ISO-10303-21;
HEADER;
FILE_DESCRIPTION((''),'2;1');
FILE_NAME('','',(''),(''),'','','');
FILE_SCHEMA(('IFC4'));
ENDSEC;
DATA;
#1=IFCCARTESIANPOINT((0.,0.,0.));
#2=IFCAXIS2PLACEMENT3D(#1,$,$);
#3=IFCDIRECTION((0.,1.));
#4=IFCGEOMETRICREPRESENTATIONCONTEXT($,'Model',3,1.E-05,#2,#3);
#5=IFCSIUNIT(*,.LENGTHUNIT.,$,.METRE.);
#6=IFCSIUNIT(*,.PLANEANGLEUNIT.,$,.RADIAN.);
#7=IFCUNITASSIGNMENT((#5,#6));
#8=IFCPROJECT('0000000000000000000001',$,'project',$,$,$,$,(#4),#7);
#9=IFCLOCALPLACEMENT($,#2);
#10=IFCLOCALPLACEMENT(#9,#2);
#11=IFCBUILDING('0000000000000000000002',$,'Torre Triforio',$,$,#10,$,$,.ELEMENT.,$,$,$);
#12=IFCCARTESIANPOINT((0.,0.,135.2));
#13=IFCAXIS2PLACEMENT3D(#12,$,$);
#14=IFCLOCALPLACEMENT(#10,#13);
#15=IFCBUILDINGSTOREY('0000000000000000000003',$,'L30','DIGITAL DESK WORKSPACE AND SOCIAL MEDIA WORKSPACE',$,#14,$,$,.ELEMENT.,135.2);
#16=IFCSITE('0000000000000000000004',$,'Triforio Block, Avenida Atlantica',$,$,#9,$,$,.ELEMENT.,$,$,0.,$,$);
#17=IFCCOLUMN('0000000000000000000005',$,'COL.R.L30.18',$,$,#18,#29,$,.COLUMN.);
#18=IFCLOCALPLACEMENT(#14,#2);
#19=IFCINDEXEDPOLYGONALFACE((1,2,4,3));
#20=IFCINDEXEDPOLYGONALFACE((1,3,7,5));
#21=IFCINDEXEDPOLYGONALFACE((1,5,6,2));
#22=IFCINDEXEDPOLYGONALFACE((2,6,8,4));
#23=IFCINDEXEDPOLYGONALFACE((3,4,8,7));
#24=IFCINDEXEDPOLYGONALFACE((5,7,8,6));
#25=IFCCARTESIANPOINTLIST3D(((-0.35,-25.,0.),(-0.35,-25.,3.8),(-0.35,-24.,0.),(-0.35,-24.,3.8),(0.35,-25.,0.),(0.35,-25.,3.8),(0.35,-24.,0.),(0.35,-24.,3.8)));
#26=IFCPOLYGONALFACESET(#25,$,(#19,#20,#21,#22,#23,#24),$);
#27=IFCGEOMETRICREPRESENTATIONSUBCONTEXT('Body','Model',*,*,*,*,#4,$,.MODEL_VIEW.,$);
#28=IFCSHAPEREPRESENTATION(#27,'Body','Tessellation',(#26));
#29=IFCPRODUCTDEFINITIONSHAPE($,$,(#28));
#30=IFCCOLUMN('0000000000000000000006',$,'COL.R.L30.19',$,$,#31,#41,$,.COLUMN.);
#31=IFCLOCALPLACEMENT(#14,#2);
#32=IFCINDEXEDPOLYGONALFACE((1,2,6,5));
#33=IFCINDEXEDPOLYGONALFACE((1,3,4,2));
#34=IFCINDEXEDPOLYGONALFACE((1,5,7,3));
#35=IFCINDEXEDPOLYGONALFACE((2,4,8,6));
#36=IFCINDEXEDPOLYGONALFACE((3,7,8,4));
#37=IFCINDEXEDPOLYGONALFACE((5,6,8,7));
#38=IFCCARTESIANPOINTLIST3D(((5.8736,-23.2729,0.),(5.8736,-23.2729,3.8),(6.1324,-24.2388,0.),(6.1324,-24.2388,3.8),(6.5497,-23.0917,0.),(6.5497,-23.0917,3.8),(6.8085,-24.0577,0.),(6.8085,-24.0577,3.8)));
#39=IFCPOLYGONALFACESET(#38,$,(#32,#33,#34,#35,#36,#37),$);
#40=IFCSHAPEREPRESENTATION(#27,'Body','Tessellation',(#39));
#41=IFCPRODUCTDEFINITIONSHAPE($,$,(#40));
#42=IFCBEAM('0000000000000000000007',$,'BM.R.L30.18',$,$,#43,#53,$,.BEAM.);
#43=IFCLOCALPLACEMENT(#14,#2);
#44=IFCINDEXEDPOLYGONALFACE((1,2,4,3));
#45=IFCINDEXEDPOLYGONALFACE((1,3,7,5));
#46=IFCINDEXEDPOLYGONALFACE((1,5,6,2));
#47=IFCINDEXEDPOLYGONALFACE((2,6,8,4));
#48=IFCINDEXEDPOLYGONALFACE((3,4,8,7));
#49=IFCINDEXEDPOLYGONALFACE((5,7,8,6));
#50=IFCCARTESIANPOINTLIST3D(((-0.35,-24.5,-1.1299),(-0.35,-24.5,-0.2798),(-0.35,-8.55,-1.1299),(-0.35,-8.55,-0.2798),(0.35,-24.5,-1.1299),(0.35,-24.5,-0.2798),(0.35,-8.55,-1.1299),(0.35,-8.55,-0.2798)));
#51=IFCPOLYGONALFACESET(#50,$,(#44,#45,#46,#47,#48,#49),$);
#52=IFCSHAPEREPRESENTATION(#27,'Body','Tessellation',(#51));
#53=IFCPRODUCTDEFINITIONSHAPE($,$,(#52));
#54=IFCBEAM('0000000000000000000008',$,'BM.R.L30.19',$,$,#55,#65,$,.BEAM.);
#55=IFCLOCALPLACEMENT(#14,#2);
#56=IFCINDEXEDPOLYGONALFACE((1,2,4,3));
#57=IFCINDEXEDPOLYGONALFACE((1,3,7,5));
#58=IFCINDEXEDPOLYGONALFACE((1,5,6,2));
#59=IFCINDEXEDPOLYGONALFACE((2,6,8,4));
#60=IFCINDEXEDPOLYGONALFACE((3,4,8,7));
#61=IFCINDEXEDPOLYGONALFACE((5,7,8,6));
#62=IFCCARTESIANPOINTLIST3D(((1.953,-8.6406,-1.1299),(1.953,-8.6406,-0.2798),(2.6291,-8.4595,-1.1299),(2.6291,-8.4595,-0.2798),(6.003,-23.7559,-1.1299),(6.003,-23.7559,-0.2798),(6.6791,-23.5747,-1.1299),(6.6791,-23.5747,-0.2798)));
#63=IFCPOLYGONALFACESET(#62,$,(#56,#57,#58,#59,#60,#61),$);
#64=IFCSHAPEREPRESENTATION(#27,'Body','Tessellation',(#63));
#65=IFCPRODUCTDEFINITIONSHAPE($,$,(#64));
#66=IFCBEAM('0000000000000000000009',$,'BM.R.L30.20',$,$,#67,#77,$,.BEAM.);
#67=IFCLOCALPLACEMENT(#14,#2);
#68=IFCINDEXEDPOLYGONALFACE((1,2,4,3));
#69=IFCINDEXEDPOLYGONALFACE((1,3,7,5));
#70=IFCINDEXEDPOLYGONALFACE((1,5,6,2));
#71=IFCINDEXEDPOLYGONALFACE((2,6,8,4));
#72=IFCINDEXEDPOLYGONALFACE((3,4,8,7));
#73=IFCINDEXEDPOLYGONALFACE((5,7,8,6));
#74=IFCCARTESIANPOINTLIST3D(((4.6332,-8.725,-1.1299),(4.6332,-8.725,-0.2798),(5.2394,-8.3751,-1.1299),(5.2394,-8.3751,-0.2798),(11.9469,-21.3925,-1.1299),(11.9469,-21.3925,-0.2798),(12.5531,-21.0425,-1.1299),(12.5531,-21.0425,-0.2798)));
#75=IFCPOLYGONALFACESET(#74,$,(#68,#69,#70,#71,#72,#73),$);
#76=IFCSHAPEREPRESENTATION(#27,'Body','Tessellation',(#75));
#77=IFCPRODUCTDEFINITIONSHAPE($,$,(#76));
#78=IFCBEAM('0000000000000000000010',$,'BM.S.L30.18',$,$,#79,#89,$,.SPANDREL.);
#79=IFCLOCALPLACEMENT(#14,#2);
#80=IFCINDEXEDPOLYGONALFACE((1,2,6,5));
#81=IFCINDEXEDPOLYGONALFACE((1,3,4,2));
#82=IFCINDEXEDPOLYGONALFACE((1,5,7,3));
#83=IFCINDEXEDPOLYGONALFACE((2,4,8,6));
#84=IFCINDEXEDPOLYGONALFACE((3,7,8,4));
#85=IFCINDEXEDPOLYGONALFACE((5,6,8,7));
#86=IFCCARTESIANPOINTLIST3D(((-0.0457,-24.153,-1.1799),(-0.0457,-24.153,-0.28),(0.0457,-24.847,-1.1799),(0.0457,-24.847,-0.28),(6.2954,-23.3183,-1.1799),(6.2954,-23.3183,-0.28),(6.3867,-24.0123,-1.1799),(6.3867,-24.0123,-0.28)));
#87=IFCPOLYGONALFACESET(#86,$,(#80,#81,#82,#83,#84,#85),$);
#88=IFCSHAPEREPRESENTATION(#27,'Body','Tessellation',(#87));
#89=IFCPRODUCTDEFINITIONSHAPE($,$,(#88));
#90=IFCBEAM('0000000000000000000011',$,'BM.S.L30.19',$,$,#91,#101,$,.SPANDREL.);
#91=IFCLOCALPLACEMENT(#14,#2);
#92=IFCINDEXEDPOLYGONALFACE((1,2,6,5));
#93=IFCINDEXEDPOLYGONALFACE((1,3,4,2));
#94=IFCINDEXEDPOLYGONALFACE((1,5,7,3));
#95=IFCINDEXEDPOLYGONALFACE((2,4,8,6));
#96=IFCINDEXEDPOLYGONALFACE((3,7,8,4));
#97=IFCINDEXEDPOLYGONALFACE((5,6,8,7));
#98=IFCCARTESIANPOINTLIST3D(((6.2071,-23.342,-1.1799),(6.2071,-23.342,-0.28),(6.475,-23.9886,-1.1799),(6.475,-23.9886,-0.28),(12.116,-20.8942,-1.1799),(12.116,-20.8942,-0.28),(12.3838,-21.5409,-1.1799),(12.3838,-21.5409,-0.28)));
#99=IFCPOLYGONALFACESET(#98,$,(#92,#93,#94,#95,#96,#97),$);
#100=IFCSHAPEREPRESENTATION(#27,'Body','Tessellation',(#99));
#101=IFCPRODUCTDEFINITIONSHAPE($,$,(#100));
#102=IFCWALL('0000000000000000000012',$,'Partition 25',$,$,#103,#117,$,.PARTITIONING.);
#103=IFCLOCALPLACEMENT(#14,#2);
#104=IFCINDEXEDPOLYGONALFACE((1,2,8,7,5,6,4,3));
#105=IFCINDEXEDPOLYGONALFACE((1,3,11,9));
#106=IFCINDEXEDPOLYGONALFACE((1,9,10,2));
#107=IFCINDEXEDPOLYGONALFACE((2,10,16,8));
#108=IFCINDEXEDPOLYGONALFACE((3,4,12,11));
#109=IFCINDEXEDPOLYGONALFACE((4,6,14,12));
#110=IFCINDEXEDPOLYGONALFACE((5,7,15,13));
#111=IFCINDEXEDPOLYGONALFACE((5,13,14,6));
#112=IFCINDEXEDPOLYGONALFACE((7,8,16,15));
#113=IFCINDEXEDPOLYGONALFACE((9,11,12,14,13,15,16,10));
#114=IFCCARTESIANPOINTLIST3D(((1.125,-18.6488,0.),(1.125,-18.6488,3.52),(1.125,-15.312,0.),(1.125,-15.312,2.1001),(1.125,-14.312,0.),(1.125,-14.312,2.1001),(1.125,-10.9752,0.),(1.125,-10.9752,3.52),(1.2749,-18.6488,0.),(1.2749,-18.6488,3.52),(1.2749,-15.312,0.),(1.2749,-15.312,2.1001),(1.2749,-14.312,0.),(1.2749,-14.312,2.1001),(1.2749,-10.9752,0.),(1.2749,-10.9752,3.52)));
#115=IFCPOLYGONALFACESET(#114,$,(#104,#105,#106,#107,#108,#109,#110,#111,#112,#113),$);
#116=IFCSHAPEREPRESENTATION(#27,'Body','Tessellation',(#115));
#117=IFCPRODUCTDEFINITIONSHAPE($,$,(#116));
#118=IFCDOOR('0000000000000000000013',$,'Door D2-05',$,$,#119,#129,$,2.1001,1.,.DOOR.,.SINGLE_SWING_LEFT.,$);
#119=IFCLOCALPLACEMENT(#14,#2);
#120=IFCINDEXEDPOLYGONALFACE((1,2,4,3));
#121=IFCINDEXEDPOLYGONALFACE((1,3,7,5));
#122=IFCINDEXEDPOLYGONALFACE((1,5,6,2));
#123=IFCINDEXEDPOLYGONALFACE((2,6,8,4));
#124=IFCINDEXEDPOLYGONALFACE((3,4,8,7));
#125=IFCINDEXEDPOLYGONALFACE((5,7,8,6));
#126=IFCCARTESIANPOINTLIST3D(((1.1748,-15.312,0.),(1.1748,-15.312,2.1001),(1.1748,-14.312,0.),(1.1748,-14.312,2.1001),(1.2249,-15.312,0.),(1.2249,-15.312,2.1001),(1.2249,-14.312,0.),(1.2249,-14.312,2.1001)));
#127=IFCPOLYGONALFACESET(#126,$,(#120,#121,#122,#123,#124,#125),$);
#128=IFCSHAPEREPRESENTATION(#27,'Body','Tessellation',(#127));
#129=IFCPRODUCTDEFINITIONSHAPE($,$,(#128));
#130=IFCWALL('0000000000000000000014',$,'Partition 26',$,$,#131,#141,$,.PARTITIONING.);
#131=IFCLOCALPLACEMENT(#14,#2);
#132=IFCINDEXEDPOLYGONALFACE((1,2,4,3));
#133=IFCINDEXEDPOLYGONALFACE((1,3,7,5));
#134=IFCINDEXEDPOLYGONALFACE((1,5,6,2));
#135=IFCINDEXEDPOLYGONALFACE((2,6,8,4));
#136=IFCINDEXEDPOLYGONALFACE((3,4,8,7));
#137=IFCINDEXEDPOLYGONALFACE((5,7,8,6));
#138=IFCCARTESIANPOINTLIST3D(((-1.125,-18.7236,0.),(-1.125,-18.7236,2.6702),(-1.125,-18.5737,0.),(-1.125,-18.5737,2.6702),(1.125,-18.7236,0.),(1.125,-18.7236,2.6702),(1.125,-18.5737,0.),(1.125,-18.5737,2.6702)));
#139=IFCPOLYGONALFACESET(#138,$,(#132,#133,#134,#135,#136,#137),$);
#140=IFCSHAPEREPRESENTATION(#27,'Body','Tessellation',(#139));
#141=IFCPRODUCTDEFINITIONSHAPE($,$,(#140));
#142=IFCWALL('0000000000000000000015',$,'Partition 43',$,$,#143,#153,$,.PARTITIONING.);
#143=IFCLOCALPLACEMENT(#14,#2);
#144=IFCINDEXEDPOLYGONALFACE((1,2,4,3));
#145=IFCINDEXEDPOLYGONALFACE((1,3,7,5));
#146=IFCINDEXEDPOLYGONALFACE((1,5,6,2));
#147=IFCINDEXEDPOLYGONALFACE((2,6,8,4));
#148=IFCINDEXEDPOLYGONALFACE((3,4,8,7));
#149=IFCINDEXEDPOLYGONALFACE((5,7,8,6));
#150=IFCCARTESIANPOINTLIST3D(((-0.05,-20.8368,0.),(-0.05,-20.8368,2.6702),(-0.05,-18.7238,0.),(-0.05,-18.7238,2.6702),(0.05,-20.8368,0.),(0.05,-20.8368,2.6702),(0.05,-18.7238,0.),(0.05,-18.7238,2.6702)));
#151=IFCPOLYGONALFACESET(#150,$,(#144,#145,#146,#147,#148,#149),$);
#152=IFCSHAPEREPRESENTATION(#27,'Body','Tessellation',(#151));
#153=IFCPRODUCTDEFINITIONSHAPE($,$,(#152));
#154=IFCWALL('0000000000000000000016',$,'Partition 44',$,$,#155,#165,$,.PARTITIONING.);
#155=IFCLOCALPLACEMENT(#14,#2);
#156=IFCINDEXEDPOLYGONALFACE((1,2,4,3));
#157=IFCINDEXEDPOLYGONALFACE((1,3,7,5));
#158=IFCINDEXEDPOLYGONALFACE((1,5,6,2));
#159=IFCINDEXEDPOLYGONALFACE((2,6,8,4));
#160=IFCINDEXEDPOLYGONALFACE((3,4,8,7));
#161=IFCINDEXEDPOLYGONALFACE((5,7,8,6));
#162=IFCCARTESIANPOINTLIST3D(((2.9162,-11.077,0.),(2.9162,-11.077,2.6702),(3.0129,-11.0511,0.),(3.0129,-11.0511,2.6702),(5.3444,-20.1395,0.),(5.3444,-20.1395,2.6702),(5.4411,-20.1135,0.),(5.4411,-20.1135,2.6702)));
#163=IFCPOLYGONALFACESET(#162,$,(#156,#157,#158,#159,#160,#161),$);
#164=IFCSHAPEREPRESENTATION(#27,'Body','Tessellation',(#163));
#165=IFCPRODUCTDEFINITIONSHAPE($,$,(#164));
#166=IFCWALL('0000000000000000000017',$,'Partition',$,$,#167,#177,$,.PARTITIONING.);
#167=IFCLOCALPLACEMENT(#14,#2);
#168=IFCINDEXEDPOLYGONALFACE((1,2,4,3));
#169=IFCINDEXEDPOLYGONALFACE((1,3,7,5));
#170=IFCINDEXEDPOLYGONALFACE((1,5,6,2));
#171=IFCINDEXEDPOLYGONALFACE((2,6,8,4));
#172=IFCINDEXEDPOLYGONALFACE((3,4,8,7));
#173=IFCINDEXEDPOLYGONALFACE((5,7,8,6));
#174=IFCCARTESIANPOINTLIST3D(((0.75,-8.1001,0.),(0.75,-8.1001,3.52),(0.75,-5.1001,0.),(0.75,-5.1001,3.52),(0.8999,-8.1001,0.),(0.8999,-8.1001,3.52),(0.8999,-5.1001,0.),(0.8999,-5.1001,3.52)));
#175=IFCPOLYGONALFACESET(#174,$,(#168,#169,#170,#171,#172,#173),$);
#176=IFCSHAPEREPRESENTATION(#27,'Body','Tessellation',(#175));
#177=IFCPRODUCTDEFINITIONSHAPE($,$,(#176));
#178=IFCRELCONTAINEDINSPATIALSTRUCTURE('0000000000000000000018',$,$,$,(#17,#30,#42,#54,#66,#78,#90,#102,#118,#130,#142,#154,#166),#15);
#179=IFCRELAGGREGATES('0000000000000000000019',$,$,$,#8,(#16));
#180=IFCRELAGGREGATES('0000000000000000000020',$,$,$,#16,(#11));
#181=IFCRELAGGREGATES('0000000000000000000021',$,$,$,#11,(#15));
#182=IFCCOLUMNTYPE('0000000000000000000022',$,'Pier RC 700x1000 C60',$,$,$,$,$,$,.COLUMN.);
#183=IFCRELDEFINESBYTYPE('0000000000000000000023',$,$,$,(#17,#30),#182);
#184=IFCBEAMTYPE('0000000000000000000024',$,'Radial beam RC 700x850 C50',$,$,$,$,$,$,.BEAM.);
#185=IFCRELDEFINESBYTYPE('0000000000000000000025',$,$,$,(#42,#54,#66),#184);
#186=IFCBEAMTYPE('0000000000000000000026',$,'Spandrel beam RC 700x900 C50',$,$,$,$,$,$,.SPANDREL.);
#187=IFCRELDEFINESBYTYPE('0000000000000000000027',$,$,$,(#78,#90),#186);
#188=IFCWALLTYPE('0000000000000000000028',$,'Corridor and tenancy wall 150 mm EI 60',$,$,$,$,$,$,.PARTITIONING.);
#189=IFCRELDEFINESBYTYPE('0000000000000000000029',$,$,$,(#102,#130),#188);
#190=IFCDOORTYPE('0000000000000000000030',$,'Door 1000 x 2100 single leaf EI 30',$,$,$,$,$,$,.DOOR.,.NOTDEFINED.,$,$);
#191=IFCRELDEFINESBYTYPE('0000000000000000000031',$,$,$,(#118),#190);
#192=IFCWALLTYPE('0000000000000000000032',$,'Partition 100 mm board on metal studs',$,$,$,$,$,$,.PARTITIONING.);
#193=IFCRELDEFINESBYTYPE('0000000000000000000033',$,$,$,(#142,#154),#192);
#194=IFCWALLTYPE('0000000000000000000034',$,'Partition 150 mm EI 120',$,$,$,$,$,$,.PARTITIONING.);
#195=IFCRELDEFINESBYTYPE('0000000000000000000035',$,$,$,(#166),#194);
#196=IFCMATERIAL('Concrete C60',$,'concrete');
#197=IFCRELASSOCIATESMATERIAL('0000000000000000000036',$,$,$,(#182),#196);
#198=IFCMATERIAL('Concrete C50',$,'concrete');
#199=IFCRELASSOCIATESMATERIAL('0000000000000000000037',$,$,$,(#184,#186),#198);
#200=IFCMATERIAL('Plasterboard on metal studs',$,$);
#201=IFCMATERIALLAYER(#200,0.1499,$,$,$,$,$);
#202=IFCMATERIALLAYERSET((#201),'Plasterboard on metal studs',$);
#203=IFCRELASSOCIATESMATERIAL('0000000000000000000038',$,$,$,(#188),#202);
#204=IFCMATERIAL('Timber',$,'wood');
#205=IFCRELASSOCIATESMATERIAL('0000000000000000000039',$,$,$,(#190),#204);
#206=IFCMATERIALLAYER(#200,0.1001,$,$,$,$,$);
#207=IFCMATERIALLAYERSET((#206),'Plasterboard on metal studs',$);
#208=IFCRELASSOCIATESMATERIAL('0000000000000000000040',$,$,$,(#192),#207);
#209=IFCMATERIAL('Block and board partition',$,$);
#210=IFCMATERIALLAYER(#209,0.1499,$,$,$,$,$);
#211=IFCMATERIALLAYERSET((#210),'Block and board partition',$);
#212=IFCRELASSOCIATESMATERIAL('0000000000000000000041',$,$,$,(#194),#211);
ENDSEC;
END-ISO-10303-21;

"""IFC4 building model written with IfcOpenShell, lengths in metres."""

from ifc_helpers import new_model, si_unit, direction, frame, frame_2d, origin, origin_2d, place, context, subcontext, project, spatial, rectangle, extrude, material, layer, layer_set, material_profile, profile_set, type_object, element, fill, save


model = new_model("IFC4")

# Units and contexts
model_context = context("Model", 3, precision=1e-05, world=origin(), true_north=direction((0.0, 1.0)))
body_context = subcontext(model_context, "Body", "Model", "MODEL_VIEW")
ifc_project = project(units=[si_unit("LENGTHUNIT", "METRE"), si_unit("PLANEANGLEUNIT", "RADIAN")], contexts=[model_context])

# Site, building, storey
site_placement = place(None, origin())
site = spatial("IfcSite", under=ifc_project, at=site_placement, Name="Triforio Block, Avenida Atlantica", CompositionType="ELEMENT", RefElevation=0.0)
building_placement = place(site_placement, origin())
building = spatial("IfcBuilding", under=site, at=building_placement, Name="Torre Triforio", CompositionType="ELEMENT")
storey_placement = place(building_placement, frame((0.0, 0.0, 135.2)))
storey = spatial("IfcBuildingStorey", under=building, at=storey_placement, Name="L30", Description="DIGITAL DESK WORKSPACE AND SOCIAL MEDIA WORKSPACE", CompositionType="ELEMENT", Elevation=135.2)

# Columns
ifc_material_1 = material(Name="Concrete C60", Category="concrete")
ifc_material_profile_1 = material_profile(ifc_material_1, rectangle(XDim=0.7, YDim=1.0, at=origin_2d()), Name="RC 700x1000")
ifc_profile_set_1 = profile_set([ifc_material_profile_1], Name="Concrete C60")
column_type = type_object("IfcColumnType", Name="Pier RC 700x1000 C60", PredefinedType="COLUMN", material=ifc_profile_set_1)
for number, where, z_axis, x_axis, name in (
    (1, (0.0, -24.5, 0.0), (0.0, 0.0, 1.0), (1.0, 0.0, 0.0), "COL.R.L30.18"),
    (2, (6.3411, -23.6653, 0.0), (0.0, 0.0, 1.0), (0.965926, 0.258819, 0.0), "COL.R.L30.19"),
):
    element("IfcColumn", number, at=place(storey_placement, frame(where, z_axis=z_axis, x_axis=x_axis)), inside=storey, type_object=column_type, Name=name, PredefinedType="COLUMN", context=body_context, shape_type="SweptSolid", body=[
        extrude(rectangle(XDim=0.7, YDim=1.0, at=origin_2d()), origin(), (0.0, 0.0, 1.0), 3.8),
    ])

# Beams
ifc_material_2 = material(Name="Concrete C50", Category="concrete")
ifc_material_profile_2 = material_profile(ifc_material_2, rectangle(XDim=0.7, YDim=0.8501, at=origin_2d()), Name="RC 700x850")
ifc_profile_set_2 = profile_set([ifc_material_profile_2], Name="Concrete C50")
beam_type_1 = type_object("IfcBeamType", Name="Radial beam RC 700x850 C50", PredefinedType="BEAM", material=ifc_profile_set_2)
beam_1_placement = place(storey_placement, frame((0.0, -8.55, -0.7048), z_axis=(0.0, -1.0, 0.0), x_axis=(1.0, 0.0, 0.0)))
element("IfcBeam", 3, at=beam_1_placement, inside=storey, type_object=beam_type_1, Name="BM.R.L30.18", PredefinedType="BEAM", context=body_context, shape_type="SweptSolid", body=[
    extrude(rectangle(XDim=0.7, YDim=0.8501, at=origin_2d()), origin(), (0.0, 0.0, 1.0), 15.95),
])
beam_2_placement = place(storey_placement, frame((2.291, -8.55, -0.7048), z_axis=(0.258815, -0.965927, 0.0), x_axis=(0.965927, 0.258815, 0.0)))
element("IfcBeam", 4, at=beam_2_placement, inside=storey, type_object=beam_type_1, Name="BM.R.L30.19", PredefinedType="BEAM", context=body_context, shape_type="SweptSolid", body=[
    extrude(rectangle(XDim=0.7, YDim=0.8501, at=origin_2d()), origin(), (0.0, 0.0, 1.0), 15.6484),
])
beam_3_placement = place(storey_placement, frame((4.9363, -8.55, -0.7048), z_axis=(0.500008, -0.866021, 0.0), x_axis=(0.866021, 0.500008, 0.0)))
element("IfcBeam", 5, at=beam_3_placement, inside=storey, type_object=beam_type_1, Name="BM.R.L30.20", PredefinedType="BEAM", context=body_context, shape_type="SweptSolid", body=[
    extrude(rectangle(XDim=0.7, YDim=0.8501, at=origin_2d()), origin(), (0.0, 0.0, 1.0), 14.6272),
])
ifc_material_profile_3 = material_profile(ifc_material_2, rectangle(XDim=0.7, YDim=0.8999, at=origin_2d()), Name="RC 700x900")
ifc_profile_set_3 = profile_set([ifc_material_profile_3], Name="Concrete C50")
beam_type_2 = type_object("IfcBeamType", Name="Spandrel beam RC 700x900 C50", PredefinedType="SPANDREL", material=ifc_profile_set_3)
for number, where, z_axis, x_axis, name in (
    (6, (0.0, -24.5, -0.73), (0.991447, 0.130511, 0.0), (-0.130511, 0.991447, 0.0), "BM.S.L30.18"),
    (7, (6.3411, -23.6653, -0.73), (0.923869, 0.382709, 0.0), (-0.382709, 0.923869, 0.0), "BM.S.L30.19"),
):
    element("IfcBeam", number, at=place(storey_placement, frame(where, z_axis=z_axis, x_axis=x_axis)), inside=storey, type_object=beam_type_2, Name=name, PredefinedType="SPANDREL", context=body_context, shape_type="SweptSolid", body=[
        extrude(rectangle(XDim=0.7, YDim=0.8999, at=origin_2d()), origin(), (0.0, 0.0, 1.0), 6.3958),
    ])

# Wall, opening, door
ifc_material_3 = material(Name="Plasterboard on metal studs")
ifc_layer_1 = layer(ifc_material_3, 0.1499)
ifc_layer_set_1 = layer_set([ifc_layer_1], Name="Plasterboard on metal studs")
wall_type_1 = type_object("IfcWallType", Name="Corridor and tenancy wall 150 mm EI 60", PredefinedType="PARTITIONING", material=ifc_layer_set_1)
wall_1_placement = place(storey_placement, frame((1.2, -10.9751, 0.0), z_axis=(0.0, 0.0, 1.0), x_axis=(0.0, -1.0, 0.0)))
wall_1 = element("IfcWall", 8, at=wall_1_placement, inside=storey, type_object=wall_type_1, Name="Partition 25", PredefinedType="PARTITIONING", context=body_context, shape_type="SweptSolid", body=[
    extrude(rectangle(XDim=7.6736, YDim=0.1499, at=frame_2d((3.8369, 0.0))), origin(), (0.0, 0.0, 1.0), 3.52),
])
opening_1_placement = place(wall_1_placement, frame((3.3369, 0.0, 0.0)))
opening_1 = element("IfcOpeningElement", 9, at=opening_1_placement, cuts=wall_1, PredefinedType="OPENING", context=body_context, shape_type="SweptSolid", body=[
    extrude(rectangle(XDim=1.0, YDim=2.1001, at=frame_2d((0.5, 1.05))), frame((0.0, 0.085, 0.0), z_axis=(0.0, -1.0, 0.0), x_axis=(1.0, 0.0, 0.0)), (0.0, 0.0, 1.0), 0.1699),
])
ifc_material_4 = material(Name="Timber", Category="wood")
door_type_1 = type_object("IfcDoorType", Name="Door 1000 x 2100 single leaf EI 30", OperationType="NOTDEFINED", PredefinedType="DOOR", material=ifc_material_4)
door_1_placement = place(opening_1_placement, origin())
door_1 = element("IfcDoor", 10, at=door_1_placement, inside=storey, type_object=door_type_1, Name="Door D2-05", OperationType="SINGLE_SWING_LEFT", OverallHeight=2.1001, OverallWidth=1.0, PredefinedType="DOOR", context=body_context, shape_type="SweptSolid", body=[
    extrude(rectangle(XDim=1.0, YDim=2.1001, at=frame_2d((0.5, 1.05))), frame((0.0, 0.0249, 0.0), z_axis=(0.0, -1.0, 0.0), x_axis=(1.0, 0.0, 0.0)), (0.0, 0.0, 1.0), 0.05),
])
fill(opening_1, door_1)

# Walls
wall_2_placement = place(storey_placement, frame((1.125, -18.6487, 0.0), z_axis=(0.0, 0.0, 1.0), x_axis=(-1.0, 0.0, 0.0)))
element("IfcWall", 11, at=wall_2_placement, inside=storey, type_object=wall_type_1, Name="Partition 26", PredefinedType="PARTITIONING", context=body_context, shape_type="SweptSolid", body=[
    extrude(rectangle(XDim=2.25, YDim=0.1499, at=frame_2d((1.125, 0.0))), origin(), (0.0, 0.0, 1.0), 2.6702),
])
ifc_layer_2 = layer(ifc_material_3, 0.1001)
ifc_layer_set_2 = layer_set([ifc_layer_2], Name="Plasterboard on metal studs")
wall_type_2 = type_object("IfcWallType", Name="Partition 100 mm board on metal studs", PredefinedType="PARTITIONING", material=ifc_layer_set_2)
wall_3_placement = place(storey_placement, frame((0.0, -18.7236, 0.0), z_axis=(0.0, 0.0, 1.0), x_axis=(0.0, -1.0, 0.0)))
element("IfcWall", 12, at=wall_3_placement, inside=storey, type_object=wall_type_2, Name="Partition 43", PredefinedType="PARTITIONING", context=body_context, shape_type="SweptSolid", body=[
    extrude(rectangle(XDim=2.113, YDim=0.1001, at=frame_2d((1.0566, 0.0))), origin(), (0.0, 0.0, 1.0), 2.6702),
])
wall_4_placement = place(storey_placement, frame((2.9646, -11.0642, 0.0), z_axis=(0.0, 0.0, 1.0), x_axis=(0.258812, -0.965928, 0.0)))
element("IfcWall", 13, at=wall_4_placement, inside=storey, type_object=wall_type_2, Name="Partition 44", PredefinedType="PARTITIONING", context=body_context, shape_type="SweptSolid", body=[
    extrude(rectangle(XDim=9.3821, YDim=0.1001, at=frame_2d((4.6909, 0.0))), origin(), (0.0, 0.0, 1.0), 2.6702),
])
ifc_material_5 = material(Name="Block and board partition")
ifc_layer_3 = layer(ifc_material_5, 0.1499)
ifc_layer_set_3 = layer_set([ifc_layer_3], Name="Block and board partition")
wall_type_3 = type_object("IfcWallType", Name="Partition 150 mm EI 120", PredefinedType="PARTITIONING", material=ifc_layer_set_3)
wall_5_placement = place(storey_placement, frame((0.825, -8.1001, 0.0), z_axis=(0.0, 0.0, 1.0), x_axis=(0.0, 1.0, 0.0)))
element("IfcWall", 14, at=wall_5_placement, inside=storey, type_object=wall_type_3, Name="Partition", PredefinedType="PARTITIONING", context=body_context, shape_type="SweptSolid", body=[
    extrude(rectangle(XDim=3.0, YDim=0.1499, at=frame_2d((1.5, 0.0))), origin(), (0.0, 0.0, 1.0), 3.52),
])

save(model, "model.ifc")
